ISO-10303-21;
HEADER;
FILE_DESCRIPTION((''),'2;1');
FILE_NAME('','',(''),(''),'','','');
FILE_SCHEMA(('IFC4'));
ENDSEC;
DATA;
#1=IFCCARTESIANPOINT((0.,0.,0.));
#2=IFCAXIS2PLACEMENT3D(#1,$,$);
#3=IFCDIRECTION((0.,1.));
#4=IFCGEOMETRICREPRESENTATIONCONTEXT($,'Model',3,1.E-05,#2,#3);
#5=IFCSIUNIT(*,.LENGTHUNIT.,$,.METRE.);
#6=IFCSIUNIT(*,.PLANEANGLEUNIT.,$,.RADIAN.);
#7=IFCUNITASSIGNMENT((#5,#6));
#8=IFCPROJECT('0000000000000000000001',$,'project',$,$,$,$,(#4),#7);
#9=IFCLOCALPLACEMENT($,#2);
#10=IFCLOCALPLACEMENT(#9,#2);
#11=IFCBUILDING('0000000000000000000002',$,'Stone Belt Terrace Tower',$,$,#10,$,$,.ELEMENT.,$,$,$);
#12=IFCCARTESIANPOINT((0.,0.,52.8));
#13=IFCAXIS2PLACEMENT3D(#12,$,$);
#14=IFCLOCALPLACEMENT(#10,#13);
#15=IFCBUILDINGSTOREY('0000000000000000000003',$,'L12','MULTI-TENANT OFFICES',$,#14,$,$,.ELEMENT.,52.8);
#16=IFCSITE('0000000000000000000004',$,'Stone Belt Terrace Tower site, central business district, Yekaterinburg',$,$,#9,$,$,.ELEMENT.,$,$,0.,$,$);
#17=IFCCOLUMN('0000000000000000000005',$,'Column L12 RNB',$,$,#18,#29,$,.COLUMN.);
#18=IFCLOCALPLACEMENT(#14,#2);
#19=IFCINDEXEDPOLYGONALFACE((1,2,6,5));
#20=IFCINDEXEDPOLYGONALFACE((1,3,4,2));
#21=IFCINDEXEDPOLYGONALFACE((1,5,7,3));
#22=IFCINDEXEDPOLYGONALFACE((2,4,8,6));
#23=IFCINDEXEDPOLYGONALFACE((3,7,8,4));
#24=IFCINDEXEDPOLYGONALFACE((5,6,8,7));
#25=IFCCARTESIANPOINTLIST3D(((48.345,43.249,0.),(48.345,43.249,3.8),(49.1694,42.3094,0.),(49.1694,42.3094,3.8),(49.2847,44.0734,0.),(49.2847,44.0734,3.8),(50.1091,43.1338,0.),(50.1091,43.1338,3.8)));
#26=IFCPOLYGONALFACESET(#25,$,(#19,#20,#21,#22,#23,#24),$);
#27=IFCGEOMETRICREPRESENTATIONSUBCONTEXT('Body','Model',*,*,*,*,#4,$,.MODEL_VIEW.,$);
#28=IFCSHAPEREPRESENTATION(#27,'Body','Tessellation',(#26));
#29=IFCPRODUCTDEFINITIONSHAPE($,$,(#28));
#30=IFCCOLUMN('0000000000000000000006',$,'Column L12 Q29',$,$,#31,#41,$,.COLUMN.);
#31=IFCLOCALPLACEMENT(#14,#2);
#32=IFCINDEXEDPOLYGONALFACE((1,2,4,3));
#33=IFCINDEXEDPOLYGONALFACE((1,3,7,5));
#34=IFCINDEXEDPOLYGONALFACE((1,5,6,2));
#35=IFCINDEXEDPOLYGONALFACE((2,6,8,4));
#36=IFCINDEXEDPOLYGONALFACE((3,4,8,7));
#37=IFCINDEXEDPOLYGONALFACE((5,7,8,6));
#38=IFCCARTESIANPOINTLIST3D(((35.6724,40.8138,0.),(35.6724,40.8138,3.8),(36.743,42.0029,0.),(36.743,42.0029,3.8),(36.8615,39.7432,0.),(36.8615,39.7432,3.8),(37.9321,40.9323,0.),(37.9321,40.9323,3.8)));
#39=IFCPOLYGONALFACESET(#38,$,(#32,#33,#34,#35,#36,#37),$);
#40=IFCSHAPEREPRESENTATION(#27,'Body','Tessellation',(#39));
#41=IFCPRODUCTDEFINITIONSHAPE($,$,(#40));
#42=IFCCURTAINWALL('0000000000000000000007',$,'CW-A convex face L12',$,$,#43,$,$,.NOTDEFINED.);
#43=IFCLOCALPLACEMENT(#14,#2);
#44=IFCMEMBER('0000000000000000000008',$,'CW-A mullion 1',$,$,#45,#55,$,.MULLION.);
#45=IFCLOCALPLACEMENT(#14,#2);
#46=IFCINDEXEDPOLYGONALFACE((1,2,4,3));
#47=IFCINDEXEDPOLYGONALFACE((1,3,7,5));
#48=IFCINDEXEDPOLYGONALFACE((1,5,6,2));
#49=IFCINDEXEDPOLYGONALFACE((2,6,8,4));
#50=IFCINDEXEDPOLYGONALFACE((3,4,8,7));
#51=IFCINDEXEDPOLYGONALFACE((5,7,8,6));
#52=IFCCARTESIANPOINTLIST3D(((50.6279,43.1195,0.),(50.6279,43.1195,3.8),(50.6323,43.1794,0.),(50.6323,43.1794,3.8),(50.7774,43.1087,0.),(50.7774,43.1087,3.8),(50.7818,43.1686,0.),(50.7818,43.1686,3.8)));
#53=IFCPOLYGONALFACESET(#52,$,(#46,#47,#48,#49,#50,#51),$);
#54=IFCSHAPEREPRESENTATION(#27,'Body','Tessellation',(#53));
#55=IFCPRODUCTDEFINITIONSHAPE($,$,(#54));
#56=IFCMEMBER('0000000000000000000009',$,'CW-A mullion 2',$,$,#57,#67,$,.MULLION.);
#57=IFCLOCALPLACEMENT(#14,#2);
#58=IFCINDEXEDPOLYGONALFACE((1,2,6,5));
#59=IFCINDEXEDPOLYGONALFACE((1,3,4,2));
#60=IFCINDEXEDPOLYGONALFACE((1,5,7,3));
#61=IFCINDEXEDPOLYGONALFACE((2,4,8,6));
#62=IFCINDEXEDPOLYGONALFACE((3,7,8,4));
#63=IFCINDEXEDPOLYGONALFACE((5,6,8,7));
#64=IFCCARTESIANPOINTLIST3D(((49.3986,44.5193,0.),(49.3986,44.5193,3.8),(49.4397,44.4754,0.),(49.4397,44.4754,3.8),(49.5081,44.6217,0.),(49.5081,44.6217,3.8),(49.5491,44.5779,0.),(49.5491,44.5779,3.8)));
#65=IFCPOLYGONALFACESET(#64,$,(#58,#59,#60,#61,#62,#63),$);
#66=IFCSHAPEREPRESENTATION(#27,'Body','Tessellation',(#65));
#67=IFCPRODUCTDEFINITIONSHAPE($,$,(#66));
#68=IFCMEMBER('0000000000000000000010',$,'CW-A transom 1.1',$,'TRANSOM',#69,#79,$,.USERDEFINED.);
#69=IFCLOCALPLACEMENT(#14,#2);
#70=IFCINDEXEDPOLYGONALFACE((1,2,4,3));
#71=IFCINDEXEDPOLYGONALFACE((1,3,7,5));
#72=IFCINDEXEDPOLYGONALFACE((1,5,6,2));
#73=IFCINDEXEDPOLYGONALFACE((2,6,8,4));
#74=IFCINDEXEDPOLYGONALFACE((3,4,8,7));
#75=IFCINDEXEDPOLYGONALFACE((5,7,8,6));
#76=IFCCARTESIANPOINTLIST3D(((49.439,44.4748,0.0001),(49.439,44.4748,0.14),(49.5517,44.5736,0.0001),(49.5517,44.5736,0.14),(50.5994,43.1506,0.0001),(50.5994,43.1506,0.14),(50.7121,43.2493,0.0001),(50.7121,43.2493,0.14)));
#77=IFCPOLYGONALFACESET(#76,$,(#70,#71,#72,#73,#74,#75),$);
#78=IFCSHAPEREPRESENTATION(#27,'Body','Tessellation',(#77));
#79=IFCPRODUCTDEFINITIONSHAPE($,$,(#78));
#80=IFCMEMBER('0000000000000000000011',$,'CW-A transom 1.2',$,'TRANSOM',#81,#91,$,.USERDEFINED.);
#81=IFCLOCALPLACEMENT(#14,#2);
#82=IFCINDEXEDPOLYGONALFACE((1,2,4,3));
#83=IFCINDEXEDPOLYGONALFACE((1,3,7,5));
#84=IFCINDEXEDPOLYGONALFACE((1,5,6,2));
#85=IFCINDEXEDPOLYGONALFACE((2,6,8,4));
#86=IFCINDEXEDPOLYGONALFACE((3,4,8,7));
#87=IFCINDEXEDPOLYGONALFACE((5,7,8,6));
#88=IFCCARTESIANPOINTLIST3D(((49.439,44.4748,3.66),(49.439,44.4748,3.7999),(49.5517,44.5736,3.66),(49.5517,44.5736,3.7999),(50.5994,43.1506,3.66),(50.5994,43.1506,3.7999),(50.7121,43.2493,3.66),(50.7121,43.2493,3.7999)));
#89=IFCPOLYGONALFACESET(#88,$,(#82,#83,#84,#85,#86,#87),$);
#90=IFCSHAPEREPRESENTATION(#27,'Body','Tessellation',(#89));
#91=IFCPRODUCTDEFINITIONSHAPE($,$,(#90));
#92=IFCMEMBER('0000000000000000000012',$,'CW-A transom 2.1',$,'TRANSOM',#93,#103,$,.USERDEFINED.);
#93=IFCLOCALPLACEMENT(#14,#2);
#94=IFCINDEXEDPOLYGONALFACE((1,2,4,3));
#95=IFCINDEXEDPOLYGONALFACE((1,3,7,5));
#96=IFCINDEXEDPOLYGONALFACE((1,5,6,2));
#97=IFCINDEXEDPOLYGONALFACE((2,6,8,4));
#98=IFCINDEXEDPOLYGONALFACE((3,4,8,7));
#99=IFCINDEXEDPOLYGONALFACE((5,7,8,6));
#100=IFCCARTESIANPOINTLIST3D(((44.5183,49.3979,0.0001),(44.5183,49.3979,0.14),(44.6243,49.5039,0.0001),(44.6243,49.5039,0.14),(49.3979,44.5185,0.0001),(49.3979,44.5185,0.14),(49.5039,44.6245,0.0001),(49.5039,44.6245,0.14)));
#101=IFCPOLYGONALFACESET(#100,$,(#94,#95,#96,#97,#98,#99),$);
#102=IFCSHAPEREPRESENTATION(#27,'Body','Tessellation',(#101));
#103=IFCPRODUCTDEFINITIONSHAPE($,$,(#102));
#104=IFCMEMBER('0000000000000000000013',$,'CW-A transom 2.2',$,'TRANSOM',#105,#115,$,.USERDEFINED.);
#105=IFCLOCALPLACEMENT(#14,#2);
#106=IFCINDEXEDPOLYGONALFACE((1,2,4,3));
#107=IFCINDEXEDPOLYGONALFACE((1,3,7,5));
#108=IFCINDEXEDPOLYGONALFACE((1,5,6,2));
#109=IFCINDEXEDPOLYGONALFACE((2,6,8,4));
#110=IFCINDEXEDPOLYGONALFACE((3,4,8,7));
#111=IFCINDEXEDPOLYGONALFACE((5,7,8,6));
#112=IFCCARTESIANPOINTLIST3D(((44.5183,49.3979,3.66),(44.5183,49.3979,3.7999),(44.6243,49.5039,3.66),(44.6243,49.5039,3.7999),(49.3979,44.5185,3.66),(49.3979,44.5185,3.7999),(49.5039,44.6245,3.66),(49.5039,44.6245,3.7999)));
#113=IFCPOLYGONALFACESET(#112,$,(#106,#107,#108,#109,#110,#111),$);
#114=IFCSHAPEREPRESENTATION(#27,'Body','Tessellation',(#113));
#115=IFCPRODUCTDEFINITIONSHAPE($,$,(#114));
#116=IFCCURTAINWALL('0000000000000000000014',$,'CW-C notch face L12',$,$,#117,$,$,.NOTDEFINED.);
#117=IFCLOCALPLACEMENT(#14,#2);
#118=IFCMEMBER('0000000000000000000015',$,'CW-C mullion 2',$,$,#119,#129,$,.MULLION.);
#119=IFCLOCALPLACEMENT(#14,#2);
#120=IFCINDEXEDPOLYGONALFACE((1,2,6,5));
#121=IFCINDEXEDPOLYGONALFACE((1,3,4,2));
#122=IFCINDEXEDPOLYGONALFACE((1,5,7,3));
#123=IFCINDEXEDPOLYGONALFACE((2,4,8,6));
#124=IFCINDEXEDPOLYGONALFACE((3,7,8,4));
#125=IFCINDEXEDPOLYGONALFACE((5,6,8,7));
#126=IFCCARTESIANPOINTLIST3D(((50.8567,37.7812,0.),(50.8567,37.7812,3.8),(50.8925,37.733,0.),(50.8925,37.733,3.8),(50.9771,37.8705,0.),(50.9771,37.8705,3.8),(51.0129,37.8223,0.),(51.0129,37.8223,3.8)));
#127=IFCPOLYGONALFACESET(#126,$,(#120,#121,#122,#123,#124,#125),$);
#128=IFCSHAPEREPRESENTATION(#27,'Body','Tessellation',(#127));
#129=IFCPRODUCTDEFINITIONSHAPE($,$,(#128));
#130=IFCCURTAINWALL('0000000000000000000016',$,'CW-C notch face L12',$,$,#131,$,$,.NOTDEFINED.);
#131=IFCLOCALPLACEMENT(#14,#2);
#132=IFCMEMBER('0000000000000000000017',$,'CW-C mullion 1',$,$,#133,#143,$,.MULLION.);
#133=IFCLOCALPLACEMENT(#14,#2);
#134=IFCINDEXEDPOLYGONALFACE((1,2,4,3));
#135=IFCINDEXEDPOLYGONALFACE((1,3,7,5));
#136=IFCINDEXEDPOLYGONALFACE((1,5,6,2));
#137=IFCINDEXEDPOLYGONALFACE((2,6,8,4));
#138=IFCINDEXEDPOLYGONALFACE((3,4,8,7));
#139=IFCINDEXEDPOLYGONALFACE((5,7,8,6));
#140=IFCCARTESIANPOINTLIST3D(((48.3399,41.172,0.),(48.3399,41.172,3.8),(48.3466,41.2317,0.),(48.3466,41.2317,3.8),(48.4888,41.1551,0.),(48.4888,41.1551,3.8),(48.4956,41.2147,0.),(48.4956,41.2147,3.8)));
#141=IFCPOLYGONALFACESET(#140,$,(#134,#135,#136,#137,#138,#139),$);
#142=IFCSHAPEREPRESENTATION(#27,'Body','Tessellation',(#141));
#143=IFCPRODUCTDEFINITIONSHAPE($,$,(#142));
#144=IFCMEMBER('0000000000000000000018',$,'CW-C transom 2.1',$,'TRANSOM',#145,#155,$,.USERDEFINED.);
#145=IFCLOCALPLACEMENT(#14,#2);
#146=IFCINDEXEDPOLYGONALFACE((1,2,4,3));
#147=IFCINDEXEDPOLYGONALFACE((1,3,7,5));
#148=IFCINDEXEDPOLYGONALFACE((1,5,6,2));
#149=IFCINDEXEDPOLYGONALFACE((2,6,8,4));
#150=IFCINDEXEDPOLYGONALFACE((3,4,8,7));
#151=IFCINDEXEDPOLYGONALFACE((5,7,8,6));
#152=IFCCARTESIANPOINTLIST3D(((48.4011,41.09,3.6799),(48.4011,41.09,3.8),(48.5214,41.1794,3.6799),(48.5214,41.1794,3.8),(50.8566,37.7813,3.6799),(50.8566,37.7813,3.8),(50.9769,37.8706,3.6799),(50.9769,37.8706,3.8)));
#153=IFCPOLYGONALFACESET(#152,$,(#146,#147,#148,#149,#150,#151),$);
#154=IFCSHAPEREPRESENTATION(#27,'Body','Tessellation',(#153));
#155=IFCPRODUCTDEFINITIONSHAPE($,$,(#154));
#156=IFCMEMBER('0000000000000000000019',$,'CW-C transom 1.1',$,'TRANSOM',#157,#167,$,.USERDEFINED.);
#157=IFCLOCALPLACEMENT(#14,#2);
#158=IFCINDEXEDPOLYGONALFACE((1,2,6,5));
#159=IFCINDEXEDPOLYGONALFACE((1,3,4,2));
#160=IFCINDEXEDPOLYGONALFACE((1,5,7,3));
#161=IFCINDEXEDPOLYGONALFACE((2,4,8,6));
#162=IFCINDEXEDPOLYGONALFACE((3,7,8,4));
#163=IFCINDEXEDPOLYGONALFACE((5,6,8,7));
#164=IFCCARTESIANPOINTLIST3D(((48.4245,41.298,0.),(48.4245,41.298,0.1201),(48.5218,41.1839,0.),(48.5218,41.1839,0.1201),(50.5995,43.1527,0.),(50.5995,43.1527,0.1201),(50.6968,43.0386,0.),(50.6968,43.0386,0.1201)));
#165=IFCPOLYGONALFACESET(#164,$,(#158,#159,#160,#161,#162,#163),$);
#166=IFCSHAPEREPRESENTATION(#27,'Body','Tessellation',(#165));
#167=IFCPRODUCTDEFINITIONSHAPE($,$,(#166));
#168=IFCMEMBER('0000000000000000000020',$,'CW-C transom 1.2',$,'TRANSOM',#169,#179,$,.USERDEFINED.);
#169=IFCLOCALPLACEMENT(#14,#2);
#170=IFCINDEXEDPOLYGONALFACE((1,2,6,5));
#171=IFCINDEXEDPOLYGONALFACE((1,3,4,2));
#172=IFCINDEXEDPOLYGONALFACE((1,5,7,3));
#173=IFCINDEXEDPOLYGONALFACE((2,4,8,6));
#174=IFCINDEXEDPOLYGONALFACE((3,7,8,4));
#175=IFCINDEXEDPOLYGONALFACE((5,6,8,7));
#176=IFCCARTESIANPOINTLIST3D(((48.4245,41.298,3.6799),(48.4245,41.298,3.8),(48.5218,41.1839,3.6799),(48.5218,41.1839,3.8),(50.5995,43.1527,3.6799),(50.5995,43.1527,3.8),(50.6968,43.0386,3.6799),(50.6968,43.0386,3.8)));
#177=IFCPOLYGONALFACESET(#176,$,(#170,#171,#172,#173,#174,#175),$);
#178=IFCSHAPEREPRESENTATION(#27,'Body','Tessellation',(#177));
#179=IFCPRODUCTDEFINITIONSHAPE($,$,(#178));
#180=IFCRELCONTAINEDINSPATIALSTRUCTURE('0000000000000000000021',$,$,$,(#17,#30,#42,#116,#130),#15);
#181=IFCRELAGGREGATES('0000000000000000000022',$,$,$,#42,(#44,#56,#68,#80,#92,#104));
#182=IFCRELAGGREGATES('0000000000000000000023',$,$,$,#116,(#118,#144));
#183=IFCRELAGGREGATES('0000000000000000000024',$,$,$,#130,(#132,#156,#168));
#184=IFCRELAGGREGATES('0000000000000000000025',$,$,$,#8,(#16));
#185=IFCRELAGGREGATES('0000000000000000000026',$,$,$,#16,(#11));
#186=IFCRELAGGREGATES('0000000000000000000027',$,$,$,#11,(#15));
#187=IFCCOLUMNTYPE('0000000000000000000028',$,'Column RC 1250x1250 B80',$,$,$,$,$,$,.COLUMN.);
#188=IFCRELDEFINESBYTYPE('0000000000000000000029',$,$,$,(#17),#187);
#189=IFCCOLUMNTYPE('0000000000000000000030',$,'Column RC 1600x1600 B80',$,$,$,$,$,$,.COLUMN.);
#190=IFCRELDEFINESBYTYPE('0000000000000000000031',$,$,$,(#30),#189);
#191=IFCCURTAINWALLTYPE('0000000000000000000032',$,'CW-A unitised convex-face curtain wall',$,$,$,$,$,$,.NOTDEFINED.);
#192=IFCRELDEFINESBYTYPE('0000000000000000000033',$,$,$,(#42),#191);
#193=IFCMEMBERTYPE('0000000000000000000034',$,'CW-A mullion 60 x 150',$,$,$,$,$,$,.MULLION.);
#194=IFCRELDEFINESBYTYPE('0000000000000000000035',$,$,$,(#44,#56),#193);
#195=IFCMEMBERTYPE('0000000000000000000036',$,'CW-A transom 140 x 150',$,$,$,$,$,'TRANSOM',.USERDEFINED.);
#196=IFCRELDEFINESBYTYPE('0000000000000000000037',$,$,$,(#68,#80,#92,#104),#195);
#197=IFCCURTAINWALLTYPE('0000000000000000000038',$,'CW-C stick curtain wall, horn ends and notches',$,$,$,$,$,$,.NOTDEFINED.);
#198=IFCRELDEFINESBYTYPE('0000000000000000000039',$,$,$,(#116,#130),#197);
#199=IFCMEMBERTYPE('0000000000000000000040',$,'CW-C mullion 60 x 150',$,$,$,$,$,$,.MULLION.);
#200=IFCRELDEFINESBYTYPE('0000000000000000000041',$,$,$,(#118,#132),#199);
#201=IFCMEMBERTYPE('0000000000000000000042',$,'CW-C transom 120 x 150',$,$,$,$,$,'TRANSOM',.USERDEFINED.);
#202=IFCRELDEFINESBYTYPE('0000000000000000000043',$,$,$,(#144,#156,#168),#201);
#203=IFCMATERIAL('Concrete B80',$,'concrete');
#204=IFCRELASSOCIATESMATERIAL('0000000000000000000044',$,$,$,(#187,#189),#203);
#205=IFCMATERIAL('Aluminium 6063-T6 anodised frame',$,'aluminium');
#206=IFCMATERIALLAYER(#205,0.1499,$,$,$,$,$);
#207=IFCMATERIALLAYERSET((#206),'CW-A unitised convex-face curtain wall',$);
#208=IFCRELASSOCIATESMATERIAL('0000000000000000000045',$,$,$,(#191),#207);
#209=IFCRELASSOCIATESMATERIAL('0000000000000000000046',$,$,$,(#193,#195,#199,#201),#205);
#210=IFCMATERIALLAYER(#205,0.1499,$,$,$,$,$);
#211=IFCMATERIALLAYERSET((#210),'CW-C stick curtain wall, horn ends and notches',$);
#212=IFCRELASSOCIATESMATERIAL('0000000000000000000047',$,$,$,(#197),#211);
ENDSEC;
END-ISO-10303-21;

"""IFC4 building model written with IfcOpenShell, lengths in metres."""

from ifc_helpers import new_model, si_unit, direction, frame, origin, origin_2d, place, context, subcontext, project, spatial, rectangle, extrude, material, layer, layer_set, material_profile, profile_set, type_object, element, aggregate, save


model = new_model("IFC4")

# Units and contexts
model_context = context("Model", 3, precision=1e-05, world=origin(), true_north=direction((0.0, 1.0)))
body_context = subcontext(model_context, "Body", "Model", "MODEL_VIEW")
ifc_project = project(units=[si_unit("LENGTHUNIT", "METRE"), si_unit("PLANEANGLEUNIT", "RADIAN")], contexts=[model_context])

# Site, building, storey
site_placement = place(None, origin())
site = spatial("IfcSite", under=ifc_project, at=site_placement, Name="Stone Belt Terrace Tower site, central business district, Yekaterinburg", CompositionType="ELEMENT", RefElevation=0.0)
building_placement = place(site_placement, origin())
building = spatial("IfcBuilding", under=site, at=building_placement, Name="Stone Belt Terrace Tower", CompositionType="ELEMENT")
storey_placement = place(building_placement, frame((0.0, 0.0, 52.8)))
storey = spatial("IfcBuildingStorey", under=building, at=storey_placement, Name="L12", Description="MULTI-TENANT OFFICES", CompositionType="ELEMENT", Elevation=52.8)

# Columns
ifc_material_1 = material(Name="Concrete B80", Category="concrete")
ifc_material_profile_1 = material_profile(ifc_material_1, rectangle(XDim=1.25, YDim=1.25, at=origin_2d()), Name="RC 1250x1250")
ifc_profile_set_1 = profile_set([ifc_material_profile_1], Name="Concrete B80")
column_type_1 = type_object("IfcColumnType", Name="Column RC 1250x1250 B80", PredefinedType="COLUMN", material=ifc_profile_set_1)
column_1_placement = place(storey_placement, frame((49.2271, 43.1914, 0.0), z_axis=(0.0, 0.0, 1.0), x_axis=(0.659522, -0.751686, 0.0)))
element("IfcColumn", 1, at=column_1_placement, inside=storey, type_object=column_type_1, Name="Column L12 RNB", PredefinedType="COLUMN", context=body_context, shape_type="SweptSolid", body=[
    extrude(rectangle(XDim=1.25, YDim=1.25, at=origin_2d()), origin(), (0.0, 0.0, 1.0), 3.8),
])
ifc_material_profile_2 = material_profile(ifc_material_1, rectangle(XDim=1.6001, YDim=1.6001, at=origin_2d()), Name="RC 1600x1600")
ifc_profile_set_2 = profile_set([ifc_material_profile_2], Name="Concrete B80")
column_type_2 = type_object("IfcColumnType", Name="Column RC 1600x1600 B80", PredefinedType="COLUMN", material=ifc_profile_set_2)
column_2_placement = place(storey_placement, frame((36.8022, 40.873, 0.0), z_axis=(0.0, 0.0, 1.0), x_axis=(0.743145, -0.669131, 0.0)))
element("IfcColumn", 2, at=column_2_placement, inside=storey, type_object=column_type_2, Name="Column L12 Q29", PredefinedType="COLUMN", context=body_context, shape_type="SweptSolid", body=[
    extrude(rectangle(XDim=1.6001, YDim=1.6001, at=origin_2d()), origin(), (0.0, 0.0, 1.0), 3.8),
])

# Curtain wall, members
ifc_material_2 = material(Name="Aluminium 6063-T6 anodised frame", Category="aluminium")
ifc_layer_1 = layer(ifc_material_2, 0.1499)
ifc_layer_set_1 = layer_set([ifc_layer_1], Name="CW-A unitised convex-face curtain wall")
curtain_wall_type_1 = type_object("IfcCurtainWallType", Name="CW-A unitised convex-face curtain wall", PredefinedType="NOTDEFINED", material=ifc_layer_set_1)
curtain_wall_1_placement = place(storey_placement, origin())
curtain_wall_1 = element("IfcCurtainWall", 3, at=curtain_wall_1_placement, inside=storey, type_object=curtain_wall_type_1, Name="CW-A convex face L12", PredefinedType="NOTDEFINED")
ifc_material_profile_3 = material_profile(ifc_material_2, rectangle(XDim=0.1499, YDim=0.0601, at=origin_2d()), Name="Aluminium 6063-T6 60x150")
ifc_profile_set_3 = profile_set([ifc_material_profile_3], Name="Aluminium 6063-T6 anodised frame")
member_type_1 = type_object("IfcMemberType", Name="CW-A mullion 60 x 150", PredefinedType="MULLION", material=ifc_profile_set_3)
member_1_placement = place(storey_placement, frame((50.7048, 43.144, 0.0), z_axis=(0.0, 0.0, 1.0), x_axis=(-0.99737, 0.072474, 0.0)))
member_1 = element("IfcMember", 4, at=member_1_placement, type_object=member_type_1, Name="CW-A mullion 1", PredefinedType="MULLION", context=body_context, shape_type="SweptSolid", body=[
    extrude(rectangle(XDim=0.1499, YDim=0.0601, at=origin_2d()), origin(), (0.0, 0.0, 1.0), 3.8),
])
member_2_placement = place(storey_placement, frame((49.4739, 44.5486, 0.0), z_axis=(0.0, 0.0, 1.0), x_axis=(-0.729988, -0.68346, 0.0)))
member_2 = element("IfcMember", 5, at=member_2_placement, type_object=member_type_1, Name="CW-A mullion 2", PredefinedType="MULLION", context=body_context, shape_type="SweptSolid", body=[
    extrude(rectangle(XDim=0.1499, YDim=0.0601, at=origin_2d()), origin(), (0.0, 0.0, 1.0), 3.8),
])
ifc_material_profile_4 = material_profile(ifc_material_2, rectangle(XDim=0.1499, YDim=0.1399, at=origin_2d()), Name="Aluminium 6063-T6 150x140")
ifc_profile_set_4 = profile_set([ifc_material_profile_4], Name="Aluminium 6063-T6 anodised frame")
member_type_2 = type_object("IfcMemberType", Name="CW-A transom 140 x 150", ElementType="TRANSOM", PredefinedType="USERDEFINED", material=ifc_profile_set_4)
member_3_placement = place(storey_placement, frame((50.6558, 43.2, 0.0701), z_axis=(-0.659054, 0.752095, 0.0), x_axis=(-0.752095, -0.659054, 0.0)))
member_3 = element("IfcMember", 6, at=member_3_placement, type_object=member_type_2, Name="CW-A transom 1.1", ObjectType="TRANSOM", PredefinedType="USERDEFINED", context=body_context, shape_type="SweptSolid", body=[
    extrude(rectangle(XDim=0.1499, YDim=0.1399, at=origin_2d()), origin(), (0.0, 0.0, 1.0), 1.7607),
])
member_4_placement = place(storey_placement, frame((50.6558, 43.2, 3.73), z_axis=(-0.659054, 0.752095, 0.0), x_axis=(-0.752095, -0.659054, 0.0)))
member_4 = element("IfcMember", 7, at=member_4_placement, type_object=member_type_2, Name="CW-A transom 1.2", ObjectType="TRANSOM", PredefinedType="USERDEFINED", context=body_context, shape_type="SweptSolid", body=[
    extrude(rectangle(XDim=0.1499, YDim=0.1399, at=origin_2d()), origin(), (0.0, 0.0, 1.0), 1.7607),
])
member_5_placement = place(storey_placement, frame((49.4509, 44.5715, 0.0701), z_axis=(-0.707124, 0.707089, 0.0), x_axis=(-0.707089, -0.707124, 0.0)))
member_5 = element("IfcMember", 8, at=member_5_placement, type_object=member_type_2, Name="CW-A transom 2.1", ObjectType="TRANSOM", PredefinedType="USERDEFINED", context=body_context, shape_type="SweptSolid", body=[
    extrude(rectangle(XDim=0.1499, YDim=0.1399, at=origin_2d()), origin(), (0.0, 0.0, 1.0), 6.9006),
])
member_6_placement = place(storey_placement, frame((49.4509, 44.5715, 3.73), z_axis=(-0.707124, 0.707089, 0.0), x_axis=(-0.707089, -0.707124, 0.0)))
member_6 = element("IfcMember", 9, at=member_6_placement, type_object=member_type_2, Name="CW-A transom 2.2", ObjectType="TRANSOM", PredefinedType="USERDEFINED", context=body_context, shape_type="SweptSolid", body=[
    extrude(rectangle(XDim=0.1499, YDim=0.1399, at=origin_2d()), origin(), (0.0, 0.0, 1.0), 6.9006),
])

# Curtain walls, members
ifc_layer_2 = layer(ifc_material_2, 0.1499)
ifc_layer_set_2 = layer_set([ifc_layer_2], Name="CW-C stick curtain wall, horn ends and notches")
curtain_wall_type_2 = type_object("IfcCurtainWallType", Name="CW-C stick curtain wall, horn ends and notches", PredefinedType="NOTDEFINED", material=ifc_layer_set_2)
curtain_wall_2_placement = place(storey_placement, origin())
curtain_wall_2 = element("IfcCurtainWall", 10, at=curtain_wall_2_placement, inside=storey, type_object=curtain_wall_type_2, Name="CW-C notch face L12", PredefinedType="NOTDEFINED")
ifc_material_profile_5 = material_profile(ifc_material_2, rectangle(XDim=0.1499, YDim=0.0601, at=origin_2d()), Name="Aluminium 6063-T6 60x150")
ifc_profile_set_5 = profile_set([ifc_material_profile_5], Name="Aluminium 6063-T6 anodised frame")
member_type_3 = type_object("IfcMemberType", Name="CW-C mullion 60 x 150", PredefinedType="MULLION", material=ifc_profile_set_5)
member_7_placement = place(storey_placement, frame((50.9348, 37.8018, 0.0), z_axis=(0.0, 0.0, 1.0), x_axis=(-0.803011, -0.595964, 0.0)))
member_7 = element("IfcMember", 11, at=member_7_placement, type_object=member_type_3, Name="CW-C mullion 2", PredefinedType="MULLION", context=body_context, shape_type="SweptSolid", body=[
    extrude(rectangle(XDim=0.1499, YDim=0.0601, at=origin_2d()), origin(), (0.0, 0.0, 1.0), 3.8),
])
curtain_wall_3_placement = place(storey_placement, origin())
curtain_wall_3 = element("IfcCurtainWall", 12, at=curtain_wall_3_placement, inside=storey, type_object=curtain_wall_type_2, Name="CW-C notch face L12", PredefinedType="NOTDEFINED")
member_8_placement = place(storey_placement, frame((48.4177, 41.1934, 0.0), z_axis=(0.0, 0.0, 1.0), x_axis=(-0.993611, 0.112857, 0.0)))
member_8 = element("IfcMember", 13, at=member_8_placement, type_object=member_type_3, Name="CW-C mullion 1", PredefinedType="MULLION", context=body_context, shape_type="SweptSolid", body=[
    extrude(rectangle(XDim=0.1499, YDim=0.0601, at=origin_2d()), origin(), (0.0, 0.0, 1.0), 3.8),
])

# Members
ifc_material_profile_6 = material_profile(ifc_material_2, rectangle(XDim=0.1499, YDim=0.1201, at=origin_2d()), Name="Aluminium 6063-T6 150x120")
ifc_profile_set_6 = profile_set([ifc_material_profile_6], Name="Aluminium 6063-T6 anodised frame")
member_type_4 = type_object("IfcMemberType", Name="CW-C transom 120 x 150", ElementType="TRANSOM", PredefinedType="USERDEFINED", material=ifc_profile_set_6)
member_9_placement = place(storey_placement, frame((50.9167, 37.8259, 3.74), z_axis=(-0.595944, 0.803026, 0.0), x_axis=(-0.803026, -0.595944, 0.0)))
member_9 = element("IfcMember", 14, at=member_9_placement, type_object=member_type_4, Name="CW-C transom 2.1", ObjectType="TRANSOM", PredefinedType="USERDEFINED", context=body_context, shape_type="SweptSolid", body=[
    extrude(rectangle(XDim=0.1499, YDim=0.1201, at=origin_2d()), origin(), (0.0, 0.0, 1.0), 4.1204),
])
member_10_placement = place(storey_placement, frame((48.4731, 41.241, 0.0601), z_axis=(0.760912, 0.648855, 0.0), x_axis=(-0.648855, 0.760912, 0.0)))
member_10 = element("IfcMember", 15, at=member_10_placement, type_object=member_type_4, Name="CW-C transom 1.1", ObjectType="TRANSOM", PredefinedType="USERDEFINED", context=body_context, shape_type="SweptSolid", body=[
    extrude(rectangle(XDim=0.1499, YDim=0.1201, at=origin_2d()), origin(), (0.0, 0.0, 1.0), 2.8584),
])
member_11_placement = place(storey_placement, frame((48.4731, 41.241, 3.74), z_axis=(0.760912, 0.648855, 0.0), x_axis=(-0.648855, 0.760912, 0.0)))
member_11 = element("IfcMember", 16, at=member_11_placement, type_object=member_type_4, Name="CW-C transom 1.2", ObjectType="TRANSOM", PredefinedType="USERDEFINED", context=body_context, shape_type="SweptSolid", body=[
    extrude(rectangle(XDim=0.1499, YDim=0.1201, at=origin_2d()), origin(), (0.0, 0.0, 1.0), 2.8584),
])

aggregate(curtain_wall_1, [member_1, member_2, member_3, member_4, member_5, member_6])
aggregate(curtain_wall_2, [member_7, member_9])
aggregate(curtain_wall_3, [member_8, member_10, member_11])

save(model, "model.ifc")
